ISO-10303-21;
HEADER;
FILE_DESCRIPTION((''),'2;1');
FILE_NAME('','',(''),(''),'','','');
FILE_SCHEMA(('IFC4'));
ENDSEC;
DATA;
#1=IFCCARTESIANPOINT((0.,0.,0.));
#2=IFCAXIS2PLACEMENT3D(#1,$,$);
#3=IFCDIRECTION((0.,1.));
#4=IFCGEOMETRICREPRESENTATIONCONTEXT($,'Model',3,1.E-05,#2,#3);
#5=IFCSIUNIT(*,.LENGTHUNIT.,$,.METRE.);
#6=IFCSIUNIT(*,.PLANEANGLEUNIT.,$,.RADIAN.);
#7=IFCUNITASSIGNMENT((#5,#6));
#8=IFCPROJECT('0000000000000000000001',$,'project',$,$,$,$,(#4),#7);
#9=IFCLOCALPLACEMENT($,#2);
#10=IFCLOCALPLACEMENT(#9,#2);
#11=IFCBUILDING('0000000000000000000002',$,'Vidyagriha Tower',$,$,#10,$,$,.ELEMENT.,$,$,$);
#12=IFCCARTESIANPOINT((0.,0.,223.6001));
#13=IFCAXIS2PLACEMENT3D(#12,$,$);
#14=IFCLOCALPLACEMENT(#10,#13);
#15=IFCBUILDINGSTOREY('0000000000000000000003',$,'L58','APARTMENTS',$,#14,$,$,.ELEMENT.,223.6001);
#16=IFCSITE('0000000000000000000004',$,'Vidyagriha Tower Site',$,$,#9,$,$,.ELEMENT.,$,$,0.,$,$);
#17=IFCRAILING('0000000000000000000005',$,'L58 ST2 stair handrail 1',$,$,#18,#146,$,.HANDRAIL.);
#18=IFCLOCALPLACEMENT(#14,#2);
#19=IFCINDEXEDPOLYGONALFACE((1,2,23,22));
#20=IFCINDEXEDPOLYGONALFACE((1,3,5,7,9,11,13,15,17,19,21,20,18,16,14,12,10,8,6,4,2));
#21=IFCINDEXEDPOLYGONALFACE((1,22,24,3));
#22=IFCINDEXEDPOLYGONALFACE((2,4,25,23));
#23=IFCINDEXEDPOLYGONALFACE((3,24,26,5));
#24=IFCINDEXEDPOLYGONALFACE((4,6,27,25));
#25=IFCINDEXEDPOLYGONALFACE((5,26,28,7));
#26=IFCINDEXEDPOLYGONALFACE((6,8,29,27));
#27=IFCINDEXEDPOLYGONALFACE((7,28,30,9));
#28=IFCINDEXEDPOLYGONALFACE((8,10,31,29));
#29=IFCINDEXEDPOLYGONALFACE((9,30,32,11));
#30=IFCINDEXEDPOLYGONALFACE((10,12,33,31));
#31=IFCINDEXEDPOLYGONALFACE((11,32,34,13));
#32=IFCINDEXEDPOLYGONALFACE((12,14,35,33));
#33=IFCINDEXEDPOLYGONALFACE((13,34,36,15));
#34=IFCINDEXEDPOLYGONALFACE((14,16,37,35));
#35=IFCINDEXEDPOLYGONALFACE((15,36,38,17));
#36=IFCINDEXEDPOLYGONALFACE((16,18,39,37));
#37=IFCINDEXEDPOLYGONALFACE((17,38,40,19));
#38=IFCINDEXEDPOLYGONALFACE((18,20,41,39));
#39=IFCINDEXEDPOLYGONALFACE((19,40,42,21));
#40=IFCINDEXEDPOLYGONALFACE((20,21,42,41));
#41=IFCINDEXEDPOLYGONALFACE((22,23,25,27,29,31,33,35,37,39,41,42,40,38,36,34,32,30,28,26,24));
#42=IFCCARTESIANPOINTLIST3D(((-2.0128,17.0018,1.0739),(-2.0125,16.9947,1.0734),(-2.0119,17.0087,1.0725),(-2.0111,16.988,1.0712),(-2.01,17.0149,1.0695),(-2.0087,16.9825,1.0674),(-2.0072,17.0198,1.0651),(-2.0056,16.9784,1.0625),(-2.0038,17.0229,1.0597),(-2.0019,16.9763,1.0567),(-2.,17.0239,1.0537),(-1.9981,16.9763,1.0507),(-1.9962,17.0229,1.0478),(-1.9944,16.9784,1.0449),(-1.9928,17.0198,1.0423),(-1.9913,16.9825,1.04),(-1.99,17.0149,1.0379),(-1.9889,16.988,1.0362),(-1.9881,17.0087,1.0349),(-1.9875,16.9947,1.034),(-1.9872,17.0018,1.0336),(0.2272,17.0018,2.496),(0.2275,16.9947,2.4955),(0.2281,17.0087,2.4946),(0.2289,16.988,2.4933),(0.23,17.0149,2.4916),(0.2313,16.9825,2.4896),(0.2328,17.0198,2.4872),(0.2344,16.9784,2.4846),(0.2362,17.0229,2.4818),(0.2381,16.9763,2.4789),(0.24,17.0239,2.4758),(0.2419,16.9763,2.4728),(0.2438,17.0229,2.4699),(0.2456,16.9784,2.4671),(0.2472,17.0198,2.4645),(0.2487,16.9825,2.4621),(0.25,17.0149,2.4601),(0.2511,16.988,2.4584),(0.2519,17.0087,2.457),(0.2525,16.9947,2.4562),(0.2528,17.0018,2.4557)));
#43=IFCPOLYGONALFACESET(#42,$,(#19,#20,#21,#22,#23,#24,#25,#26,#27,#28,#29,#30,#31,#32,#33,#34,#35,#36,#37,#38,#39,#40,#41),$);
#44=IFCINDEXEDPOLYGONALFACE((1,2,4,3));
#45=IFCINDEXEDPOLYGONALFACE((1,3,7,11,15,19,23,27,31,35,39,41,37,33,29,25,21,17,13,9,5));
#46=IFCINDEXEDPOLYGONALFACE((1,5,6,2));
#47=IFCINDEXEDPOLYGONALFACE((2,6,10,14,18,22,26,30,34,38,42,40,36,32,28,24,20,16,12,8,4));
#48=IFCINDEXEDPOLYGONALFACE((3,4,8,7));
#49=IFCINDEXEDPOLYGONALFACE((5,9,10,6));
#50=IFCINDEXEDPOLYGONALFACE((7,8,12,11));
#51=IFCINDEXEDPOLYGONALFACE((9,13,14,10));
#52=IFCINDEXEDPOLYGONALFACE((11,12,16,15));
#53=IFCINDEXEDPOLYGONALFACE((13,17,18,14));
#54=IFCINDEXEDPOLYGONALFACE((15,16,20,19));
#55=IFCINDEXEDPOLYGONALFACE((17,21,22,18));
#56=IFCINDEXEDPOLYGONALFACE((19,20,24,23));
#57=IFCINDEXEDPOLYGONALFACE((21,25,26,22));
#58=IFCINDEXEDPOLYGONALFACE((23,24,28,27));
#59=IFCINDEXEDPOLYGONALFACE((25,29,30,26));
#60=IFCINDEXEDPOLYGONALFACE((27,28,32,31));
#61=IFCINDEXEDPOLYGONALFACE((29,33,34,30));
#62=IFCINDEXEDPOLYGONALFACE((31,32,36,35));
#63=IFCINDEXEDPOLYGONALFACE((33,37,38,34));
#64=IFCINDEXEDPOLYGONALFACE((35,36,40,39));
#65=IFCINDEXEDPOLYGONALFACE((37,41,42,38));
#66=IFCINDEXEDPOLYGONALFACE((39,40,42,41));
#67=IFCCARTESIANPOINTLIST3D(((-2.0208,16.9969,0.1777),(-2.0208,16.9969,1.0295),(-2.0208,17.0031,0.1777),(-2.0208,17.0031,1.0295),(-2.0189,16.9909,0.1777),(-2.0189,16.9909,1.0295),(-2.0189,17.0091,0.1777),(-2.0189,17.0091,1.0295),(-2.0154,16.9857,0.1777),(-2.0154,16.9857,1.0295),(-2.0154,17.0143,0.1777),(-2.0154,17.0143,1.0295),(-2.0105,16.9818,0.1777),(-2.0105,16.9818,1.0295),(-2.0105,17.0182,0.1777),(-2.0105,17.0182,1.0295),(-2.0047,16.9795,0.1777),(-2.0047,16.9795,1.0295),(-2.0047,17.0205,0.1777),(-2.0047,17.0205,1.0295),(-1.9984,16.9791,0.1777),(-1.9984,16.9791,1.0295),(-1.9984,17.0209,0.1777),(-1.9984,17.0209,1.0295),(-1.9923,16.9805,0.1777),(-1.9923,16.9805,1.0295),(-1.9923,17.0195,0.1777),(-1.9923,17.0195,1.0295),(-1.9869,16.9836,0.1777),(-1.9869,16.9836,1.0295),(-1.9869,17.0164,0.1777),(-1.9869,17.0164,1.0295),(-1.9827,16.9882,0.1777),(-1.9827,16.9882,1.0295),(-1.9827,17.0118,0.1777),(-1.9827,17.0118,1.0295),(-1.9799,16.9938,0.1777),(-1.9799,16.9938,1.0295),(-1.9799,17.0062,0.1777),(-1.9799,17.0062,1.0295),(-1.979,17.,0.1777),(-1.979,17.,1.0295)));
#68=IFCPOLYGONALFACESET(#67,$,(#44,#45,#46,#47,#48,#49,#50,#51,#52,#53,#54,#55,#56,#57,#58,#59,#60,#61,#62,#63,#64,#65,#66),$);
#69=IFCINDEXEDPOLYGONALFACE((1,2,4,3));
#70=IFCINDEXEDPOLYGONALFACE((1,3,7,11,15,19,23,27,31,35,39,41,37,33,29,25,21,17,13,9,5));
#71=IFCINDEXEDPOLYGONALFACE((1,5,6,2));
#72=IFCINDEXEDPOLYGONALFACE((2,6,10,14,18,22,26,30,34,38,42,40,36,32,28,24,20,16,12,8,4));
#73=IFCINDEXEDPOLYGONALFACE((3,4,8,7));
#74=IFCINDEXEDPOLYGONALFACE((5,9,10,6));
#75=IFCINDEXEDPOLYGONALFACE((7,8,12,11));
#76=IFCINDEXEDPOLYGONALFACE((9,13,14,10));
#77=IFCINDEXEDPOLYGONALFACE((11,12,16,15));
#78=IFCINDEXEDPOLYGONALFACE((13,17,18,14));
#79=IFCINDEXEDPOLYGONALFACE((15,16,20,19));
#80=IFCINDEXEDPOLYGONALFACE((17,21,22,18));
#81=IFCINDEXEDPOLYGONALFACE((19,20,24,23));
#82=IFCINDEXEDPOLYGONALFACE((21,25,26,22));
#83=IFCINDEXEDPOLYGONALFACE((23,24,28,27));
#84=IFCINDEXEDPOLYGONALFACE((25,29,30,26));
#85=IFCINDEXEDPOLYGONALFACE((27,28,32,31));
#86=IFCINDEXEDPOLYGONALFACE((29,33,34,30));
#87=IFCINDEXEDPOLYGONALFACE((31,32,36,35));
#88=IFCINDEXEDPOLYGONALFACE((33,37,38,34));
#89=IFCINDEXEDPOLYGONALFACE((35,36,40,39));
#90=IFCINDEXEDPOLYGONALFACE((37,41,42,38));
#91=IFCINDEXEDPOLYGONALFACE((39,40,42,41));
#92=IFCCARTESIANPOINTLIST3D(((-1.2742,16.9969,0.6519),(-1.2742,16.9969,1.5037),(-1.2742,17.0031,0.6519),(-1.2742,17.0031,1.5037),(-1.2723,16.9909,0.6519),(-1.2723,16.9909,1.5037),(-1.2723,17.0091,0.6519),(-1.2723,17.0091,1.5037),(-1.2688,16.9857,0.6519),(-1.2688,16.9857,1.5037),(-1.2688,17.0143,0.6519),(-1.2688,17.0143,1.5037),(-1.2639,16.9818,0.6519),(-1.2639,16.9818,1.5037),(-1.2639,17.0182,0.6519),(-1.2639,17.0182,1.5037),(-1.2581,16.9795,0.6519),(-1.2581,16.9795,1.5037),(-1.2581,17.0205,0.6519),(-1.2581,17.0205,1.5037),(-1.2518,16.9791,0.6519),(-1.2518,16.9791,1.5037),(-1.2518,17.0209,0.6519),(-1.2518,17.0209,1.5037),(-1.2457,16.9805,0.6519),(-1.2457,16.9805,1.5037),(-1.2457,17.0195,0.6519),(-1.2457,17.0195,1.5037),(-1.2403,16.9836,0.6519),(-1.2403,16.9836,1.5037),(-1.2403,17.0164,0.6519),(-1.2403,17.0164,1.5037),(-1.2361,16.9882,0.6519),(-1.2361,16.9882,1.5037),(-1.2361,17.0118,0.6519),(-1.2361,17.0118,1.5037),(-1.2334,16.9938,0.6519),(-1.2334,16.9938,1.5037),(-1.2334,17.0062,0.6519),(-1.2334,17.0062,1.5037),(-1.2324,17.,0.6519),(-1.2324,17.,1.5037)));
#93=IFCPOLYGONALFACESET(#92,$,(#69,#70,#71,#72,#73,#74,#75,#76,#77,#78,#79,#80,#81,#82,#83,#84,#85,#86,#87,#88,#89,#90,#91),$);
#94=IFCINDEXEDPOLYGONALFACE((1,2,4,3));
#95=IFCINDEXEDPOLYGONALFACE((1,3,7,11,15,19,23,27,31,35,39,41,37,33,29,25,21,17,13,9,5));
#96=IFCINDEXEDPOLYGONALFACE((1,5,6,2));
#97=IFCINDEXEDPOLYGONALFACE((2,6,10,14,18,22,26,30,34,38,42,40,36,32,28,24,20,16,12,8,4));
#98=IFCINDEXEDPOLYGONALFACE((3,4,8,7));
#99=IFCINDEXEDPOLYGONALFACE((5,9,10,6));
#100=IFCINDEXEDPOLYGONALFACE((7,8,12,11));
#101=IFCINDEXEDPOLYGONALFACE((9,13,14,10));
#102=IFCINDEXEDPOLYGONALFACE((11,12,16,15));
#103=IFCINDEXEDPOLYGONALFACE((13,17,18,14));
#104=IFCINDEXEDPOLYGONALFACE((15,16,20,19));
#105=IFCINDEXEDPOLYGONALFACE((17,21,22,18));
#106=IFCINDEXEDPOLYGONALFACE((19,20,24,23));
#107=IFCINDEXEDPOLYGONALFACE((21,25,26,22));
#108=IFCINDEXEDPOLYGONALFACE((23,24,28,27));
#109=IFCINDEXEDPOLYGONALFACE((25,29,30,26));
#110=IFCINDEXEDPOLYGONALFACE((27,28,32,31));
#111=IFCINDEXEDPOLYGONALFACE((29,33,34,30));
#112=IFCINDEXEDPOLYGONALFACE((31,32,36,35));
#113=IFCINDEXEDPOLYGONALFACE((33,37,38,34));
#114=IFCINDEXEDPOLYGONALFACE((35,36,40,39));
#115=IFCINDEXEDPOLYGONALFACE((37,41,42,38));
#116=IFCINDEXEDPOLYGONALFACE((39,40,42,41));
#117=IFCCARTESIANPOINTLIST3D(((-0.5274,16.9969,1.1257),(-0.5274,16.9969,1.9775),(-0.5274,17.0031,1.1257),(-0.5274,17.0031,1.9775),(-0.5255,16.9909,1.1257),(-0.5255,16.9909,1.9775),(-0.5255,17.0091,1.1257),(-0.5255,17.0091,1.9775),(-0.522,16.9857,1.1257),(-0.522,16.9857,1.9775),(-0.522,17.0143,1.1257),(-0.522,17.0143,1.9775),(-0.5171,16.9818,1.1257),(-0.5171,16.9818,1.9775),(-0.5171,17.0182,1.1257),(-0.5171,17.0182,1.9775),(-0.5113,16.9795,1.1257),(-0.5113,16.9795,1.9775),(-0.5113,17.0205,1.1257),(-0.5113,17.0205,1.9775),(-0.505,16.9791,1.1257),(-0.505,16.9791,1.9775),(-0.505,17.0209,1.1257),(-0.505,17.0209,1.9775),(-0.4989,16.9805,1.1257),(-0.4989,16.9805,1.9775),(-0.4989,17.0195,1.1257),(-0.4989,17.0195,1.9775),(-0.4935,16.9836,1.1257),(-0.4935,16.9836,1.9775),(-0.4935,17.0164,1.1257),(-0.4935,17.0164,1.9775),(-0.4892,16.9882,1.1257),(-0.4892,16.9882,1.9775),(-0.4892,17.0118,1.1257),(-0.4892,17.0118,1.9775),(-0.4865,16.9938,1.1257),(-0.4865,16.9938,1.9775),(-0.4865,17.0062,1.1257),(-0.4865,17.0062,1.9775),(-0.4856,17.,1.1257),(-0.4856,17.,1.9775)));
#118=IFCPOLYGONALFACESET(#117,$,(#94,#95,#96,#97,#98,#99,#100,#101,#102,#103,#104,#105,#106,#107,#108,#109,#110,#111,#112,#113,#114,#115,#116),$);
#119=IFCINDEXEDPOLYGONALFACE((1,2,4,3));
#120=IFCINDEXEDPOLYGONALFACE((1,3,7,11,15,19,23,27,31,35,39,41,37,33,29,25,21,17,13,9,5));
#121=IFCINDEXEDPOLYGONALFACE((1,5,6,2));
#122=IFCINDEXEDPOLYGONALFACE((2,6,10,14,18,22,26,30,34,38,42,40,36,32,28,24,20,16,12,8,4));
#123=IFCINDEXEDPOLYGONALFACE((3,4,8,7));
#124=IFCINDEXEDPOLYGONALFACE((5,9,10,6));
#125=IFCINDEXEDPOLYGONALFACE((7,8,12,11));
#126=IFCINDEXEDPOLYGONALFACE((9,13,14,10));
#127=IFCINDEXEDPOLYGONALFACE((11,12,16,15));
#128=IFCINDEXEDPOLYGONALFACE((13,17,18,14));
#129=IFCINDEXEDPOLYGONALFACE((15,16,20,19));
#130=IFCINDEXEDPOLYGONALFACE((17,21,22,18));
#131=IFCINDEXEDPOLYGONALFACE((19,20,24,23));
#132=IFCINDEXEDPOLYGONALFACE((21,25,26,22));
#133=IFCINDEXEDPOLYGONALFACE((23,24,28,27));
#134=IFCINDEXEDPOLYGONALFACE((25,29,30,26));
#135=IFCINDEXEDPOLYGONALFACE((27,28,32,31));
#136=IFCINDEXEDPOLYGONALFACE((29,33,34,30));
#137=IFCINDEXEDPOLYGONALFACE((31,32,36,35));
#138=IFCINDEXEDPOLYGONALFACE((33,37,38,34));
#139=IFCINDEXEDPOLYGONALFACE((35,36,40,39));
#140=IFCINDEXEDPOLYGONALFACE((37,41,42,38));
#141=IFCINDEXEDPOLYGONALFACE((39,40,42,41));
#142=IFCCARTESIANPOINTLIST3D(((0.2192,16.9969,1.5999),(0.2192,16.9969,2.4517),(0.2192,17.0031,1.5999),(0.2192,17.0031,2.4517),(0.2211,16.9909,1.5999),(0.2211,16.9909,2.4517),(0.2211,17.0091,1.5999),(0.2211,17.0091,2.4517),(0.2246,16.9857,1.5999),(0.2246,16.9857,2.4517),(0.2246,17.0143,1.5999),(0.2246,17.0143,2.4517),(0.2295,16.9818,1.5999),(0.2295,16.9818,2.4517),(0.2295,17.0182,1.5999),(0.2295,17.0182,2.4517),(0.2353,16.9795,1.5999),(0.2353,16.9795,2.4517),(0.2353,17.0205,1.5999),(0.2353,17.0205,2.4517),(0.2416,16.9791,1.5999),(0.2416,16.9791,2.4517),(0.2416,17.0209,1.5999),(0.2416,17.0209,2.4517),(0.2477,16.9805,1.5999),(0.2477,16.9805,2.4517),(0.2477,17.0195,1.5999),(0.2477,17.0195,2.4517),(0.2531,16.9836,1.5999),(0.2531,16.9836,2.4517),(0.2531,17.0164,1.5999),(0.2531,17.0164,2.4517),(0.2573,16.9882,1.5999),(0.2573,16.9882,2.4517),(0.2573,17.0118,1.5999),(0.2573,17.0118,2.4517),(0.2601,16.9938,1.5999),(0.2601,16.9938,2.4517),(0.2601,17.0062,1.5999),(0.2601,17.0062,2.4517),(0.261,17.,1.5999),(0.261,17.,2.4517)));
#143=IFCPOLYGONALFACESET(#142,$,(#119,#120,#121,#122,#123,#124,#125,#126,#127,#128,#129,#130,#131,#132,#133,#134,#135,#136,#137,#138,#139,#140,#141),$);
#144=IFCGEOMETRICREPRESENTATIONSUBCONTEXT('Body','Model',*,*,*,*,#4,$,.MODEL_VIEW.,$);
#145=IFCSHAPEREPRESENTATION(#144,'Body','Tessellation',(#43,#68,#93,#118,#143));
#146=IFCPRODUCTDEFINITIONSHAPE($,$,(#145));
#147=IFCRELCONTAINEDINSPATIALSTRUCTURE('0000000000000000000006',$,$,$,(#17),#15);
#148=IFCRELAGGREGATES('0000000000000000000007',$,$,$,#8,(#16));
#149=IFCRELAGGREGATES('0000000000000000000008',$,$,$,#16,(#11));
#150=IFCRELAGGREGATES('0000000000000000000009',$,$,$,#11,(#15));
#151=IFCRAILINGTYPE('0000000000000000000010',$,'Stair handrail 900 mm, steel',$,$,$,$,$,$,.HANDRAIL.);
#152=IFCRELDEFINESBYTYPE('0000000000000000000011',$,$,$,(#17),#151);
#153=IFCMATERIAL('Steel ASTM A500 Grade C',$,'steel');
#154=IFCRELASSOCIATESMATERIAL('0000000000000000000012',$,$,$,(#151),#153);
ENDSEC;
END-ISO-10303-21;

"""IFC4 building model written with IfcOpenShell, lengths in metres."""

from ifc_helpers import new_model, si_unit, direction, frame, origin, origin_2d, place, context, subcontext, project, spatial, circle, extrude, material, type_object, element, save


model = new_model("IFC4")

# Units and contexts
model_context = context("Model", 3, precision=1e-05, world=origin(), true_north=direction((0.0, 1.0)))
body_context = subcontext(model_context, "Body", "Model", "MODEL_VIEW")
ifc_project = project(units=[si_unit("LENGTHUNIT", "METRE"), si_unit("PLANEANGLEUNIT", "RADIAN")], contexts=[model_context])

# Site, building, storey
site_placement = place(None, origin())
site = spatial("IfcSite", under=ifc_project, at=site_placement, Name="Vidyagriha Tower Site", CompositionType="ELEMENT", RefElevation=0.0)
building_placement = place(site_placement, origin())
building = spatial("IfcBuilding", under=site, at=building_placement, Name="Vidyagriha Tower", CompositionType="ELEMENT")
storey_placement = place(building_placement, frame((0.0, 0.0, 223.6001)))
storey = spatial("IfcBuildingStorey", under=building, at=storey_placement, Name="L58", Description="APARTMENTS", CompositionType="ELEMENT", Elevation=223.6001)

# Railing
ifc_material_1 = material(Name="Steel ASTM A500 Grade C", Category="steel")
railing_type_1 = type_object("IfcRailingType", Name="Stair handrail 900 mm, steel", PredefinedType="HANDRAIL", material=ifc_material_1)
railing_1_placement = place(storey_placement, frame((-2.0, 17.0, 0.1777)))
element("IfcRailing", 1, at=railing_1_placement, inside=storey, type_object=railing_type_1, Name="L58 ST2 stair handrail 1", PredefinedType="HANDRAIL", context=body_context, shape_type="SweptSolid", body=[
    extrude(circle(Radius=0.0239, at=origin_2d()), frame((0.0, 0.0, 0.876), z_axis=(0.844229, 0.0, 0.535982), x_axis=(0.0, 1.0, 0.0)), (0.0, 0.0, 1.0), 2.6533),
    extrude(circle(Radius=0.021, at=origin_2d()), origin(), (0.0, 0.0, 1.0), 0.8518),
    extrude(circle(Radius=0.021, at=origin_2d()), frame((0.7466, 0.0, 0.4741)), (0.0, 0.0, 1.0), 0.8518),
    extrude(circle(Radius=0.021, at=origin_2d()), frame((1.4934, 0.0, 0.948)), (0.0, 0.0, 1.0), 0.8518),
    extrude(circle(Radius=0.021, at=origin_2d()), frame((2.24, 0.0, 1.4221)), (0.0, 0.0, 1.0), 0.8518),
])

save(model, "model.ifc")
